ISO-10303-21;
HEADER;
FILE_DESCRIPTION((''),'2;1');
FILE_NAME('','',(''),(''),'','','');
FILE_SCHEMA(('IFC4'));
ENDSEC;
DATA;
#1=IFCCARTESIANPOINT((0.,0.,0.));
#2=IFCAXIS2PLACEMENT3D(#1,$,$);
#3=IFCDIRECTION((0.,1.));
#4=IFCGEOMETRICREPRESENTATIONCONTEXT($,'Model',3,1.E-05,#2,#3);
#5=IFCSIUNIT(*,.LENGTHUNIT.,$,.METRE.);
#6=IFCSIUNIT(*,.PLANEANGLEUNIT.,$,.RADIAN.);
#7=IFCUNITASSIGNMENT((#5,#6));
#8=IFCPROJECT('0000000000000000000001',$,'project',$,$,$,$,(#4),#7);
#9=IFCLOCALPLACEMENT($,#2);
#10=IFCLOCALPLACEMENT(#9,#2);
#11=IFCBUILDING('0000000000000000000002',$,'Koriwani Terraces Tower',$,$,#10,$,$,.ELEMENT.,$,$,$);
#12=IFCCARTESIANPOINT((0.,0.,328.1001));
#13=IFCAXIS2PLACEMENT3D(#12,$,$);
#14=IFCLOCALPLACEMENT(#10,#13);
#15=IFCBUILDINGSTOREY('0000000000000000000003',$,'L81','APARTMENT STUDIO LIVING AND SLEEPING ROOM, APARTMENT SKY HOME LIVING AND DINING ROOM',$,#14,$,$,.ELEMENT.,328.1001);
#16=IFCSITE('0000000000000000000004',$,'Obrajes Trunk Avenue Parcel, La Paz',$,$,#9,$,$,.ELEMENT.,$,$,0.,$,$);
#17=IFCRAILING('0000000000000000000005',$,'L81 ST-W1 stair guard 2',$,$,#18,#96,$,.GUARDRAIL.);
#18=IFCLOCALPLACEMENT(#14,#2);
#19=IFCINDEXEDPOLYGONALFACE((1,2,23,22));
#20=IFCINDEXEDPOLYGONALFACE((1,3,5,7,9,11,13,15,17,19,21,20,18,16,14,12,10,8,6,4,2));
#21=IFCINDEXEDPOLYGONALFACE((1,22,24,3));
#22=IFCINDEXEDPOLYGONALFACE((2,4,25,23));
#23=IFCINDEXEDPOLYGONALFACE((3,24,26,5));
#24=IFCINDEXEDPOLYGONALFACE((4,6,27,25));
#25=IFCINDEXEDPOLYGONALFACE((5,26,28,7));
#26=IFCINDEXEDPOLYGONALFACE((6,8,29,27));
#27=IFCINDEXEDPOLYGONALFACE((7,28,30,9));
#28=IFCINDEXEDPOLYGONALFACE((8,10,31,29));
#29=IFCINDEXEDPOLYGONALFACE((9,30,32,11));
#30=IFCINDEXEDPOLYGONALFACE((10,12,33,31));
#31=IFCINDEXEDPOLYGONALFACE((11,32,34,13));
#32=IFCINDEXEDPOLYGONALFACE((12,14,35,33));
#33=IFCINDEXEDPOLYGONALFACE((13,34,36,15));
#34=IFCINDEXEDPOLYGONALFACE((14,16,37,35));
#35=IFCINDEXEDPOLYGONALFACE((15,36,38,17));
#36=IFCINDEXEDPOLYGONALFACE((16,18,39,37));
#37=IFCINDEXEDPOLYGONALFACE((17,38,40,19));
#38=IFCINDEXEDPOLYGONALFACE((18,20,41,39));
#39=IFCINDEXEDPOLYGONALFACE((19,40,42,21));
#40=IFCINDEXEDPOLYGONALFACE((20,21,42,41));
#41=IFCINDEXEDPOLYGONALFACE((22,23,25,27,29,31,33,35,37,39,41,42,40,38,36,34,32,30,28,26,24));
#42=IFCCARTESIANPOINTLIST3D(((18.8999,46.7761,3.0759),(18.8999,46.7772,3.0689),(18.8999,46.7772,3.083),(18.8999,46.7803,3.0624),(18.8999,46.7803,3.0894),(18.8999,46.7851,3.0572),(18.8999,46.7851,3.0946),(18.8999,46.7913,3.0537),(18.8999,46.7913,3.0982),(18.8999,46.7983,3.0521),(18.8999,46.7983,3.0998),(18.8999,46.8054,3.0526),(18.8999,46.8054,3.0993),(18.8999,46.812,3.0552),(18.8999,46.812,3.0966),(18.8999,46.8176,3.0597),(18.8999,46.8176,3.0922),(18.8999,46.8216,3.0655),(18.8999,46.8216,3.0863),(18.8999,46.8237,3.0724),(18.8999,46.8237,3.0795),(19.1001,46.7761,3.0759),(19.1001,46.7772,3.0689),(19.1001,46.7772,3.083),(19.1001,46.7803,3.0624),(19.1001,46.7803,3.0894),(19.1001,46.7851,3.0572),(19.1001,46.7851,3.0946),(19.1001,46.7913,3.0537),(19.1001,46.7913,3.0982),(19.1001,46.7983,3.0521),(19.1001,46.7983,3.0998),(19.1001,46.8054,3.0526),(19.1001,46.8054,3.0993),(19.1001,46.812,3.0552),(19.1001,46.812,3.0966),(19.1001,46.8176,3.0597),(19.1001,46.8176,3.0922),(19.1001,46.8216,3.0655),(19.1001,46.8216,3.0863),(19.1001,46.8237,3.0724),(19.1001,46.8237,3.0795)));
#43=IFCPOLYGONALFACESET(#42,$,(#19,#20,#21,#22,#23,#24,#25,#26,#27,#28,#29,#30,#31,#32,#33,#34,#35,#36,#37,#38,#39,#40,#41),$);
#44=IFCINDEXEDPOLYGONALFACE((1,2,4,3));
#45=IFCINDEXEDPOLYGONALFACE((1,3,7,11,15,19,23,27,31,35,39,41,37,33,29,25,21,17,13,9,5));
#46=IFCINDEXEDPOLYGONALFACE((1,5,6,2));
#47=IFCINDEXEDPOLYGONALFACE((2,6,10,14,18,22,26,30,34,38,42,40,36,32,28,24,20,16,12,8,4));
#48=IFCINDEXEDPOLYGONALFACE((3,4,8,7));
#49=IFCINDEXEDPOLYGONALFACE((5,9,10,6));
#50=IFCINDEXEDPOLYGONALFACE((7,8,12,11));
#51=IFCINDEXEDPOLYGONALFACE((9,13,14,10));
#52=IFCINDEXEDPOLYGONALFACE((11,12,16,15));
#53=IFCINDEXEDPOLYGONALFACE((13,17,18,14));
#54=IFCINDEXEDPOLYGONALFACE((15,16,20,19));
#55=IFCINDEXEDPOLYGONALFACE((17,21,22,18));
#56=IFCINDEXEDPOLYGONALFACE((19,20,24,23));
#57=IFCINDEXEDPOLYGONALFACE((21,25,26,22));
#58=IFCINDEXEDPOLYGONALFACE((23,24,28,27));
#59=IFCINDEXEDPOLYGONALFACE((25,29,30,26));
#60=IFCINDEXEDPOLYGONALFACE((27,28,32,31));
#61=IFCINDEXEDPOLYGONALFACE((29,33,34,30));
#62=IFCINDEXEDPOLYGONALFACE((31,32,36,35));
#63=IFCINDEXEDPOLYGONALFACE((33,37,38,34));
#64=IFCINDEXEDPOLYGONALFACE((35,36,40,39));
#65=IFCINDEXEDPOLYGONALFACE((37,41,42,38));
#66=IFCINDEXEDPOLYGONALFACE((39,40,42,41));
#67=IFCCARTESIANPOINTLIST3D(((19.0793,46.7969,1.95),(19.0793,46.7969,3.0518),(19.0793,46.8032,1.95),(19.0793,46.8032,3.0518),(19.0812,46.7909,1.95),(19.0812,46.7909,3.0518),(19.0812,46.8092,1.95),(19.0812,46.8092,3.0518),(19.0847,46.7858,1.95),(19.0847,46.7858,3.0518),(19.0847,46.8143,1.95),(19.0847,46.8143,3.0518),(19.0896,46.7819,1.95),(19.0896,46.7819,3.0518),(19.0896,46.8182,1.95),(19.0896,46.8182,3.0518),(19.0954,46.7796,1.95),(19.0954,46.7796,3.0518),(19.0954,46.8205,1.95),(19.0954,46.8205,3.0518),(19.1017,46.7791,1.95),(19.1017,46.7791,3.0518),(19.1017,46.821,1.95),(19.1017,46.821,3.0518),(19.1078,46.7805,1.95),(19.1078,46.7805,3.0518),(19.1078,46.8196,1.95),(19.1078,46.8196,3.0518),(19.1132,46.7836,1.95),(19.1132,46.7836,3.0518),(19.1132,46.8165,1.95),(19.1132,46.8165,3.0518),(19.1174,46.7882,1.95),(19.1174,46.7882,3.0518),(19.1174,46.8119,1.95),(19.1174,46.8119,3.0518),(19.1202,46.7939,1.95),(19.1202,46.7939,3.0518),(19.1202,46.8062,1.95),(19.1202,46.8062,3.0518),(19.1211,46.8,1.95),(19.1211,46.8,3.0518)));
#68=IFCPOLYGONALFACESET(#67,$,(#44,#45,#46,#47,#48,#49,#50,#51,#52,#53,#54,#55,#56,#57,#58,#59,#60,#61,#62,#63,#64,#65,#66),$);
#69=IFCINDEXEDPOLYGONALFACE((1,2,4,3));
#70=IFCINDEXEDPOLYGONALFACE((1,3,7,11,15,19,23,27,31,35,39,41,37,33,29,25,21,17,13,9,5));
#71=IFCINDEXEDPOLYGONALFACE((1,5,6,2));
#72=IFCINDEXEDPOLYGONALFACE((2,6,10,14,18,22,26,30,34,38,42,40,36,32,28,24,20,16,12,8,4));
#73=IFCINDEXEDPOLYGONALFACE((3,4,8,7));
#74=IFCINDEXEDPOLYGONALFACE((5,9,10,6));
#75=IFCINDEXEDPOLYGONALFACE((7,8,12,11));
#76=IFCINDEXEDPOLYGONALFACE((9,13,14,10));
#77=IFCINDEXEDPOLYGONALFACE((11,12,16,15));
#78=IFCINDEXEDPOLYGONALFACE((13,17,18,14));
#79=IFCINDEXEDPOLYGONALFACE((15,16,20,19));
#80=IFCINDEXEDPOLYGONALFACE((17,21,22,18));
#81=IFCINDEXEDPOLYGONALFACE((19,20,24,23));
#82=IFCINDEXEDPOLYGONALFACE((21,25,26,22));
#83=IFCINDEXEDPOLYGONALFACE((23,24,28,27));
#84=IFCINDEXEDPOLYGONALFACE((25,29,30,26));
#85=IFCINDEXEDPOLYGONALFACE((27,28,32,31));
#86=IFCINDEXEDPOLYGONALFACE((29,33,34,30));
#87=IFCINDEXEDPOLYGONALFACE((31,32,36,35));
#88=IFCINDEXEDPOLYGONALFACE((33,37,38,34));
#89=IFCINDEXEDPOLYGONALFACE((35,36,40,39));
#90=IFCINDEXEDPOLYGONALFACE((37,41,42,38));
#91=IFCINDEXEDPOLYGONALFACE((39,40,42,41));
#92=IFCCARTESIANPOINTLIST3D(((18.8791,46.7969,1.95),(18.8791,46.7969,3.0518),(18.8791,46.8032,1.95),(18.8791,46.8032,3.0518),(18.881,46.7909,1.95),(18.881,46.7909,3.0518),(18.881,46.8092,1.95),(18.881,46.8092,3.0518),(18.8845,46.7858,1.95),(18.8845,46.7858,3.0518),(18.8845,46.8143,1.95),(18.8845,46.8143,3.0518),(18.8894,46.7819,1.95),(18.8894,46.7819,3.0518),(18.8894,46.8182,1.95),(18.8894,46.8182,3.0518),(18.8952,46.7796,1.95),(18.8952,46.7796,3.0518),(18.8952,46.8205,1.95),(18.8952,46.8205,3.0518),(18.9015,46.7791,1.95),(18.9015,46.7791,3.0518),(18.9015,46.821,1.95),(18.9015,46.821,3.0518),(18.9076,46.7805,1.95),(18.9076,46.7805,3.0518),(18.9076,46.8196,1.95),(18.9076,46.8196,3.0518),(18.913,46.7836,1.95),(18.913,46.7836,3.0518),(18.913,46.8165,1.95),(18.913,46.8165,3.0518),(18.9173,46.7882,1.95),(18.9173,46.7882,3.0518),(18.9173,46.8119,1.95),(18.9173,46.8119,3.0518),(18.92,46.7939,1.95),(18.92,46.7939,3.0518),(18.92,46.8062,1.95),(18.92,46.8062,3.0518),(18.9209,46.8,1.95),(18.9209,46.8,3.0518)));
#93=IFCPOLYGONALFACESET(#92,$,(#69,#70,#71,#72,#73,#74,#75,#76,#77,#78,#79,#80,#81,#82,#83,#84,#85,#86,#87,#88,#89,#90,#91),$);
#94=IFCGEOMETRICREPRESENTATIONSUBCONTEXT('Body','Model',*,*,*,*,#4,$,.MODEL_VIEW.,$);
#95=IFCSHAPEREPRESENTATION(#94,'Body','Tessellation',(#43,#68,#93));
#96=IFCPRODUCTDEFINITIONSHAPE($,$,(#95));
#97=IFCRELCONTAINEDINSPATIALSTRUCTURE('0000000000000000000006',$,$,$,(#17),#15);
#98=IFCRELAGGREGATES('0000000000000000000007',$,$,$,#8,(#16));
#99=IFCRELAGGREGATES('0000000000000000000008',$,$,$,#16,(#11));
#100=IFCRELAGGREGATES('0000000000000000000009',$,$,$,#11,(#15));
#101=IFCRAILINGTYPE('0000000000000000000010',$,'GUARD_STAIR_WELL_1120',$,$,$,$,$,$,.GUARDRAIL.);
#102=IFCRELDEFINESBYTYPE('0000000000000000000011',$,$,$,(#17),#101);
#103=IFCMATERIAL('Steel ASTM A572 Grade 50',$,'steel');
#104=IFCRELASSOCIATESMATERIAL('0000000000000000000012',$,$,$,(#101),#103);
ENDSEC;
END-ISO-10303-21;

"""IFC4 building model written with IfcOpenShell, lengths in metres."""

from ifc_helpers import new_model, si_unit, direction, frame, origin, origin_2d, place, context, subcontext, project, spatial, circle, extrude, material, type_object, element, save


model = new_model("IFC4")

# Units and contexts
model_context = context("Model", 3, precision=1e-05, world=origin(), true_north=direction((0.0, 1.0)))
body_context = subcontext(model_context, "Body", "Model", "MODEL_VIEW")
ifc_project = project(units=[si_unit("LENGTHUNIT", "METRE"), si_unit("PLANEANGLEUNIT", "RADIAN")], contexts=[model_context])

# Site, building, storey
site_placement = place(None, origin())
site = spatial("IfcSite", under=ifc_project, at=site_placement, Name="Obrajes Trunk Avenue Parcel, La Paz", CompositionType="ELEMENT", RefElevation=0.0)
building_placement = place(site_placement, origin())
building = spatial("IfcBuilding", under=site, at=building_placement, Name="Koriwani Terraces Tower", CompositionType="ELEMENT")
storey_placement = place(building_placement, frame((0.0, 0.0, 328.1001)))
storey = spatial("IfcBuildingStorey", under=building, at=storey_placement, Name="L81", Description="APARTMENT STUDIO LIVING AND SLEEPING ROOM, APARTMENT SKY HOME LIVING AND DINING ROOM", CompositionType="ELEMENT", Elevation=328.1001)

# Shared definitions
ifc_material_1 = material(Name="Steel ASTM A572 Grade 50", Category="steel")

# Railing
railing_type_1 = type_object("IfcRailingType", Name="GUARD_STAIR_WELL_1120", PredefinedType="GUARDRAIL", material=ifc_material_1)
railing_1_placement = place(storey_placement, frame((19.1001, 46.8, 1.95)))
element("IfcRailing", 1, at=railing_1_placement, inside=storey, type_object=railing_type_1, Name="L81 ST-W1 stair guard 2", PredefinedType="GUARDRAIL", context=body_context, shape_type="SweptSolid", body=[
    extrude(circle(Radius=0.0239, at=origin_2d()), frame((0.0, 0.0, 1.126), z_axis=(-1.0, 0.0, 0.0), x_axis=(0.0, -1.0, 0.0)), (0.0, 0.0, 1.0), 0.2002),
    extrude(circle(Radius=0.021, at=origin_2d()), origin(), (0.0, 0.0, 1.0), 1.1018),
    extrude(circle(Radius=0.021, at=origin_2d()), frame((-0.2002, 0.0, 0.0)), (0.0, 0.0, 1.0), 1.1018),
])

save(model, "model.ifc")
